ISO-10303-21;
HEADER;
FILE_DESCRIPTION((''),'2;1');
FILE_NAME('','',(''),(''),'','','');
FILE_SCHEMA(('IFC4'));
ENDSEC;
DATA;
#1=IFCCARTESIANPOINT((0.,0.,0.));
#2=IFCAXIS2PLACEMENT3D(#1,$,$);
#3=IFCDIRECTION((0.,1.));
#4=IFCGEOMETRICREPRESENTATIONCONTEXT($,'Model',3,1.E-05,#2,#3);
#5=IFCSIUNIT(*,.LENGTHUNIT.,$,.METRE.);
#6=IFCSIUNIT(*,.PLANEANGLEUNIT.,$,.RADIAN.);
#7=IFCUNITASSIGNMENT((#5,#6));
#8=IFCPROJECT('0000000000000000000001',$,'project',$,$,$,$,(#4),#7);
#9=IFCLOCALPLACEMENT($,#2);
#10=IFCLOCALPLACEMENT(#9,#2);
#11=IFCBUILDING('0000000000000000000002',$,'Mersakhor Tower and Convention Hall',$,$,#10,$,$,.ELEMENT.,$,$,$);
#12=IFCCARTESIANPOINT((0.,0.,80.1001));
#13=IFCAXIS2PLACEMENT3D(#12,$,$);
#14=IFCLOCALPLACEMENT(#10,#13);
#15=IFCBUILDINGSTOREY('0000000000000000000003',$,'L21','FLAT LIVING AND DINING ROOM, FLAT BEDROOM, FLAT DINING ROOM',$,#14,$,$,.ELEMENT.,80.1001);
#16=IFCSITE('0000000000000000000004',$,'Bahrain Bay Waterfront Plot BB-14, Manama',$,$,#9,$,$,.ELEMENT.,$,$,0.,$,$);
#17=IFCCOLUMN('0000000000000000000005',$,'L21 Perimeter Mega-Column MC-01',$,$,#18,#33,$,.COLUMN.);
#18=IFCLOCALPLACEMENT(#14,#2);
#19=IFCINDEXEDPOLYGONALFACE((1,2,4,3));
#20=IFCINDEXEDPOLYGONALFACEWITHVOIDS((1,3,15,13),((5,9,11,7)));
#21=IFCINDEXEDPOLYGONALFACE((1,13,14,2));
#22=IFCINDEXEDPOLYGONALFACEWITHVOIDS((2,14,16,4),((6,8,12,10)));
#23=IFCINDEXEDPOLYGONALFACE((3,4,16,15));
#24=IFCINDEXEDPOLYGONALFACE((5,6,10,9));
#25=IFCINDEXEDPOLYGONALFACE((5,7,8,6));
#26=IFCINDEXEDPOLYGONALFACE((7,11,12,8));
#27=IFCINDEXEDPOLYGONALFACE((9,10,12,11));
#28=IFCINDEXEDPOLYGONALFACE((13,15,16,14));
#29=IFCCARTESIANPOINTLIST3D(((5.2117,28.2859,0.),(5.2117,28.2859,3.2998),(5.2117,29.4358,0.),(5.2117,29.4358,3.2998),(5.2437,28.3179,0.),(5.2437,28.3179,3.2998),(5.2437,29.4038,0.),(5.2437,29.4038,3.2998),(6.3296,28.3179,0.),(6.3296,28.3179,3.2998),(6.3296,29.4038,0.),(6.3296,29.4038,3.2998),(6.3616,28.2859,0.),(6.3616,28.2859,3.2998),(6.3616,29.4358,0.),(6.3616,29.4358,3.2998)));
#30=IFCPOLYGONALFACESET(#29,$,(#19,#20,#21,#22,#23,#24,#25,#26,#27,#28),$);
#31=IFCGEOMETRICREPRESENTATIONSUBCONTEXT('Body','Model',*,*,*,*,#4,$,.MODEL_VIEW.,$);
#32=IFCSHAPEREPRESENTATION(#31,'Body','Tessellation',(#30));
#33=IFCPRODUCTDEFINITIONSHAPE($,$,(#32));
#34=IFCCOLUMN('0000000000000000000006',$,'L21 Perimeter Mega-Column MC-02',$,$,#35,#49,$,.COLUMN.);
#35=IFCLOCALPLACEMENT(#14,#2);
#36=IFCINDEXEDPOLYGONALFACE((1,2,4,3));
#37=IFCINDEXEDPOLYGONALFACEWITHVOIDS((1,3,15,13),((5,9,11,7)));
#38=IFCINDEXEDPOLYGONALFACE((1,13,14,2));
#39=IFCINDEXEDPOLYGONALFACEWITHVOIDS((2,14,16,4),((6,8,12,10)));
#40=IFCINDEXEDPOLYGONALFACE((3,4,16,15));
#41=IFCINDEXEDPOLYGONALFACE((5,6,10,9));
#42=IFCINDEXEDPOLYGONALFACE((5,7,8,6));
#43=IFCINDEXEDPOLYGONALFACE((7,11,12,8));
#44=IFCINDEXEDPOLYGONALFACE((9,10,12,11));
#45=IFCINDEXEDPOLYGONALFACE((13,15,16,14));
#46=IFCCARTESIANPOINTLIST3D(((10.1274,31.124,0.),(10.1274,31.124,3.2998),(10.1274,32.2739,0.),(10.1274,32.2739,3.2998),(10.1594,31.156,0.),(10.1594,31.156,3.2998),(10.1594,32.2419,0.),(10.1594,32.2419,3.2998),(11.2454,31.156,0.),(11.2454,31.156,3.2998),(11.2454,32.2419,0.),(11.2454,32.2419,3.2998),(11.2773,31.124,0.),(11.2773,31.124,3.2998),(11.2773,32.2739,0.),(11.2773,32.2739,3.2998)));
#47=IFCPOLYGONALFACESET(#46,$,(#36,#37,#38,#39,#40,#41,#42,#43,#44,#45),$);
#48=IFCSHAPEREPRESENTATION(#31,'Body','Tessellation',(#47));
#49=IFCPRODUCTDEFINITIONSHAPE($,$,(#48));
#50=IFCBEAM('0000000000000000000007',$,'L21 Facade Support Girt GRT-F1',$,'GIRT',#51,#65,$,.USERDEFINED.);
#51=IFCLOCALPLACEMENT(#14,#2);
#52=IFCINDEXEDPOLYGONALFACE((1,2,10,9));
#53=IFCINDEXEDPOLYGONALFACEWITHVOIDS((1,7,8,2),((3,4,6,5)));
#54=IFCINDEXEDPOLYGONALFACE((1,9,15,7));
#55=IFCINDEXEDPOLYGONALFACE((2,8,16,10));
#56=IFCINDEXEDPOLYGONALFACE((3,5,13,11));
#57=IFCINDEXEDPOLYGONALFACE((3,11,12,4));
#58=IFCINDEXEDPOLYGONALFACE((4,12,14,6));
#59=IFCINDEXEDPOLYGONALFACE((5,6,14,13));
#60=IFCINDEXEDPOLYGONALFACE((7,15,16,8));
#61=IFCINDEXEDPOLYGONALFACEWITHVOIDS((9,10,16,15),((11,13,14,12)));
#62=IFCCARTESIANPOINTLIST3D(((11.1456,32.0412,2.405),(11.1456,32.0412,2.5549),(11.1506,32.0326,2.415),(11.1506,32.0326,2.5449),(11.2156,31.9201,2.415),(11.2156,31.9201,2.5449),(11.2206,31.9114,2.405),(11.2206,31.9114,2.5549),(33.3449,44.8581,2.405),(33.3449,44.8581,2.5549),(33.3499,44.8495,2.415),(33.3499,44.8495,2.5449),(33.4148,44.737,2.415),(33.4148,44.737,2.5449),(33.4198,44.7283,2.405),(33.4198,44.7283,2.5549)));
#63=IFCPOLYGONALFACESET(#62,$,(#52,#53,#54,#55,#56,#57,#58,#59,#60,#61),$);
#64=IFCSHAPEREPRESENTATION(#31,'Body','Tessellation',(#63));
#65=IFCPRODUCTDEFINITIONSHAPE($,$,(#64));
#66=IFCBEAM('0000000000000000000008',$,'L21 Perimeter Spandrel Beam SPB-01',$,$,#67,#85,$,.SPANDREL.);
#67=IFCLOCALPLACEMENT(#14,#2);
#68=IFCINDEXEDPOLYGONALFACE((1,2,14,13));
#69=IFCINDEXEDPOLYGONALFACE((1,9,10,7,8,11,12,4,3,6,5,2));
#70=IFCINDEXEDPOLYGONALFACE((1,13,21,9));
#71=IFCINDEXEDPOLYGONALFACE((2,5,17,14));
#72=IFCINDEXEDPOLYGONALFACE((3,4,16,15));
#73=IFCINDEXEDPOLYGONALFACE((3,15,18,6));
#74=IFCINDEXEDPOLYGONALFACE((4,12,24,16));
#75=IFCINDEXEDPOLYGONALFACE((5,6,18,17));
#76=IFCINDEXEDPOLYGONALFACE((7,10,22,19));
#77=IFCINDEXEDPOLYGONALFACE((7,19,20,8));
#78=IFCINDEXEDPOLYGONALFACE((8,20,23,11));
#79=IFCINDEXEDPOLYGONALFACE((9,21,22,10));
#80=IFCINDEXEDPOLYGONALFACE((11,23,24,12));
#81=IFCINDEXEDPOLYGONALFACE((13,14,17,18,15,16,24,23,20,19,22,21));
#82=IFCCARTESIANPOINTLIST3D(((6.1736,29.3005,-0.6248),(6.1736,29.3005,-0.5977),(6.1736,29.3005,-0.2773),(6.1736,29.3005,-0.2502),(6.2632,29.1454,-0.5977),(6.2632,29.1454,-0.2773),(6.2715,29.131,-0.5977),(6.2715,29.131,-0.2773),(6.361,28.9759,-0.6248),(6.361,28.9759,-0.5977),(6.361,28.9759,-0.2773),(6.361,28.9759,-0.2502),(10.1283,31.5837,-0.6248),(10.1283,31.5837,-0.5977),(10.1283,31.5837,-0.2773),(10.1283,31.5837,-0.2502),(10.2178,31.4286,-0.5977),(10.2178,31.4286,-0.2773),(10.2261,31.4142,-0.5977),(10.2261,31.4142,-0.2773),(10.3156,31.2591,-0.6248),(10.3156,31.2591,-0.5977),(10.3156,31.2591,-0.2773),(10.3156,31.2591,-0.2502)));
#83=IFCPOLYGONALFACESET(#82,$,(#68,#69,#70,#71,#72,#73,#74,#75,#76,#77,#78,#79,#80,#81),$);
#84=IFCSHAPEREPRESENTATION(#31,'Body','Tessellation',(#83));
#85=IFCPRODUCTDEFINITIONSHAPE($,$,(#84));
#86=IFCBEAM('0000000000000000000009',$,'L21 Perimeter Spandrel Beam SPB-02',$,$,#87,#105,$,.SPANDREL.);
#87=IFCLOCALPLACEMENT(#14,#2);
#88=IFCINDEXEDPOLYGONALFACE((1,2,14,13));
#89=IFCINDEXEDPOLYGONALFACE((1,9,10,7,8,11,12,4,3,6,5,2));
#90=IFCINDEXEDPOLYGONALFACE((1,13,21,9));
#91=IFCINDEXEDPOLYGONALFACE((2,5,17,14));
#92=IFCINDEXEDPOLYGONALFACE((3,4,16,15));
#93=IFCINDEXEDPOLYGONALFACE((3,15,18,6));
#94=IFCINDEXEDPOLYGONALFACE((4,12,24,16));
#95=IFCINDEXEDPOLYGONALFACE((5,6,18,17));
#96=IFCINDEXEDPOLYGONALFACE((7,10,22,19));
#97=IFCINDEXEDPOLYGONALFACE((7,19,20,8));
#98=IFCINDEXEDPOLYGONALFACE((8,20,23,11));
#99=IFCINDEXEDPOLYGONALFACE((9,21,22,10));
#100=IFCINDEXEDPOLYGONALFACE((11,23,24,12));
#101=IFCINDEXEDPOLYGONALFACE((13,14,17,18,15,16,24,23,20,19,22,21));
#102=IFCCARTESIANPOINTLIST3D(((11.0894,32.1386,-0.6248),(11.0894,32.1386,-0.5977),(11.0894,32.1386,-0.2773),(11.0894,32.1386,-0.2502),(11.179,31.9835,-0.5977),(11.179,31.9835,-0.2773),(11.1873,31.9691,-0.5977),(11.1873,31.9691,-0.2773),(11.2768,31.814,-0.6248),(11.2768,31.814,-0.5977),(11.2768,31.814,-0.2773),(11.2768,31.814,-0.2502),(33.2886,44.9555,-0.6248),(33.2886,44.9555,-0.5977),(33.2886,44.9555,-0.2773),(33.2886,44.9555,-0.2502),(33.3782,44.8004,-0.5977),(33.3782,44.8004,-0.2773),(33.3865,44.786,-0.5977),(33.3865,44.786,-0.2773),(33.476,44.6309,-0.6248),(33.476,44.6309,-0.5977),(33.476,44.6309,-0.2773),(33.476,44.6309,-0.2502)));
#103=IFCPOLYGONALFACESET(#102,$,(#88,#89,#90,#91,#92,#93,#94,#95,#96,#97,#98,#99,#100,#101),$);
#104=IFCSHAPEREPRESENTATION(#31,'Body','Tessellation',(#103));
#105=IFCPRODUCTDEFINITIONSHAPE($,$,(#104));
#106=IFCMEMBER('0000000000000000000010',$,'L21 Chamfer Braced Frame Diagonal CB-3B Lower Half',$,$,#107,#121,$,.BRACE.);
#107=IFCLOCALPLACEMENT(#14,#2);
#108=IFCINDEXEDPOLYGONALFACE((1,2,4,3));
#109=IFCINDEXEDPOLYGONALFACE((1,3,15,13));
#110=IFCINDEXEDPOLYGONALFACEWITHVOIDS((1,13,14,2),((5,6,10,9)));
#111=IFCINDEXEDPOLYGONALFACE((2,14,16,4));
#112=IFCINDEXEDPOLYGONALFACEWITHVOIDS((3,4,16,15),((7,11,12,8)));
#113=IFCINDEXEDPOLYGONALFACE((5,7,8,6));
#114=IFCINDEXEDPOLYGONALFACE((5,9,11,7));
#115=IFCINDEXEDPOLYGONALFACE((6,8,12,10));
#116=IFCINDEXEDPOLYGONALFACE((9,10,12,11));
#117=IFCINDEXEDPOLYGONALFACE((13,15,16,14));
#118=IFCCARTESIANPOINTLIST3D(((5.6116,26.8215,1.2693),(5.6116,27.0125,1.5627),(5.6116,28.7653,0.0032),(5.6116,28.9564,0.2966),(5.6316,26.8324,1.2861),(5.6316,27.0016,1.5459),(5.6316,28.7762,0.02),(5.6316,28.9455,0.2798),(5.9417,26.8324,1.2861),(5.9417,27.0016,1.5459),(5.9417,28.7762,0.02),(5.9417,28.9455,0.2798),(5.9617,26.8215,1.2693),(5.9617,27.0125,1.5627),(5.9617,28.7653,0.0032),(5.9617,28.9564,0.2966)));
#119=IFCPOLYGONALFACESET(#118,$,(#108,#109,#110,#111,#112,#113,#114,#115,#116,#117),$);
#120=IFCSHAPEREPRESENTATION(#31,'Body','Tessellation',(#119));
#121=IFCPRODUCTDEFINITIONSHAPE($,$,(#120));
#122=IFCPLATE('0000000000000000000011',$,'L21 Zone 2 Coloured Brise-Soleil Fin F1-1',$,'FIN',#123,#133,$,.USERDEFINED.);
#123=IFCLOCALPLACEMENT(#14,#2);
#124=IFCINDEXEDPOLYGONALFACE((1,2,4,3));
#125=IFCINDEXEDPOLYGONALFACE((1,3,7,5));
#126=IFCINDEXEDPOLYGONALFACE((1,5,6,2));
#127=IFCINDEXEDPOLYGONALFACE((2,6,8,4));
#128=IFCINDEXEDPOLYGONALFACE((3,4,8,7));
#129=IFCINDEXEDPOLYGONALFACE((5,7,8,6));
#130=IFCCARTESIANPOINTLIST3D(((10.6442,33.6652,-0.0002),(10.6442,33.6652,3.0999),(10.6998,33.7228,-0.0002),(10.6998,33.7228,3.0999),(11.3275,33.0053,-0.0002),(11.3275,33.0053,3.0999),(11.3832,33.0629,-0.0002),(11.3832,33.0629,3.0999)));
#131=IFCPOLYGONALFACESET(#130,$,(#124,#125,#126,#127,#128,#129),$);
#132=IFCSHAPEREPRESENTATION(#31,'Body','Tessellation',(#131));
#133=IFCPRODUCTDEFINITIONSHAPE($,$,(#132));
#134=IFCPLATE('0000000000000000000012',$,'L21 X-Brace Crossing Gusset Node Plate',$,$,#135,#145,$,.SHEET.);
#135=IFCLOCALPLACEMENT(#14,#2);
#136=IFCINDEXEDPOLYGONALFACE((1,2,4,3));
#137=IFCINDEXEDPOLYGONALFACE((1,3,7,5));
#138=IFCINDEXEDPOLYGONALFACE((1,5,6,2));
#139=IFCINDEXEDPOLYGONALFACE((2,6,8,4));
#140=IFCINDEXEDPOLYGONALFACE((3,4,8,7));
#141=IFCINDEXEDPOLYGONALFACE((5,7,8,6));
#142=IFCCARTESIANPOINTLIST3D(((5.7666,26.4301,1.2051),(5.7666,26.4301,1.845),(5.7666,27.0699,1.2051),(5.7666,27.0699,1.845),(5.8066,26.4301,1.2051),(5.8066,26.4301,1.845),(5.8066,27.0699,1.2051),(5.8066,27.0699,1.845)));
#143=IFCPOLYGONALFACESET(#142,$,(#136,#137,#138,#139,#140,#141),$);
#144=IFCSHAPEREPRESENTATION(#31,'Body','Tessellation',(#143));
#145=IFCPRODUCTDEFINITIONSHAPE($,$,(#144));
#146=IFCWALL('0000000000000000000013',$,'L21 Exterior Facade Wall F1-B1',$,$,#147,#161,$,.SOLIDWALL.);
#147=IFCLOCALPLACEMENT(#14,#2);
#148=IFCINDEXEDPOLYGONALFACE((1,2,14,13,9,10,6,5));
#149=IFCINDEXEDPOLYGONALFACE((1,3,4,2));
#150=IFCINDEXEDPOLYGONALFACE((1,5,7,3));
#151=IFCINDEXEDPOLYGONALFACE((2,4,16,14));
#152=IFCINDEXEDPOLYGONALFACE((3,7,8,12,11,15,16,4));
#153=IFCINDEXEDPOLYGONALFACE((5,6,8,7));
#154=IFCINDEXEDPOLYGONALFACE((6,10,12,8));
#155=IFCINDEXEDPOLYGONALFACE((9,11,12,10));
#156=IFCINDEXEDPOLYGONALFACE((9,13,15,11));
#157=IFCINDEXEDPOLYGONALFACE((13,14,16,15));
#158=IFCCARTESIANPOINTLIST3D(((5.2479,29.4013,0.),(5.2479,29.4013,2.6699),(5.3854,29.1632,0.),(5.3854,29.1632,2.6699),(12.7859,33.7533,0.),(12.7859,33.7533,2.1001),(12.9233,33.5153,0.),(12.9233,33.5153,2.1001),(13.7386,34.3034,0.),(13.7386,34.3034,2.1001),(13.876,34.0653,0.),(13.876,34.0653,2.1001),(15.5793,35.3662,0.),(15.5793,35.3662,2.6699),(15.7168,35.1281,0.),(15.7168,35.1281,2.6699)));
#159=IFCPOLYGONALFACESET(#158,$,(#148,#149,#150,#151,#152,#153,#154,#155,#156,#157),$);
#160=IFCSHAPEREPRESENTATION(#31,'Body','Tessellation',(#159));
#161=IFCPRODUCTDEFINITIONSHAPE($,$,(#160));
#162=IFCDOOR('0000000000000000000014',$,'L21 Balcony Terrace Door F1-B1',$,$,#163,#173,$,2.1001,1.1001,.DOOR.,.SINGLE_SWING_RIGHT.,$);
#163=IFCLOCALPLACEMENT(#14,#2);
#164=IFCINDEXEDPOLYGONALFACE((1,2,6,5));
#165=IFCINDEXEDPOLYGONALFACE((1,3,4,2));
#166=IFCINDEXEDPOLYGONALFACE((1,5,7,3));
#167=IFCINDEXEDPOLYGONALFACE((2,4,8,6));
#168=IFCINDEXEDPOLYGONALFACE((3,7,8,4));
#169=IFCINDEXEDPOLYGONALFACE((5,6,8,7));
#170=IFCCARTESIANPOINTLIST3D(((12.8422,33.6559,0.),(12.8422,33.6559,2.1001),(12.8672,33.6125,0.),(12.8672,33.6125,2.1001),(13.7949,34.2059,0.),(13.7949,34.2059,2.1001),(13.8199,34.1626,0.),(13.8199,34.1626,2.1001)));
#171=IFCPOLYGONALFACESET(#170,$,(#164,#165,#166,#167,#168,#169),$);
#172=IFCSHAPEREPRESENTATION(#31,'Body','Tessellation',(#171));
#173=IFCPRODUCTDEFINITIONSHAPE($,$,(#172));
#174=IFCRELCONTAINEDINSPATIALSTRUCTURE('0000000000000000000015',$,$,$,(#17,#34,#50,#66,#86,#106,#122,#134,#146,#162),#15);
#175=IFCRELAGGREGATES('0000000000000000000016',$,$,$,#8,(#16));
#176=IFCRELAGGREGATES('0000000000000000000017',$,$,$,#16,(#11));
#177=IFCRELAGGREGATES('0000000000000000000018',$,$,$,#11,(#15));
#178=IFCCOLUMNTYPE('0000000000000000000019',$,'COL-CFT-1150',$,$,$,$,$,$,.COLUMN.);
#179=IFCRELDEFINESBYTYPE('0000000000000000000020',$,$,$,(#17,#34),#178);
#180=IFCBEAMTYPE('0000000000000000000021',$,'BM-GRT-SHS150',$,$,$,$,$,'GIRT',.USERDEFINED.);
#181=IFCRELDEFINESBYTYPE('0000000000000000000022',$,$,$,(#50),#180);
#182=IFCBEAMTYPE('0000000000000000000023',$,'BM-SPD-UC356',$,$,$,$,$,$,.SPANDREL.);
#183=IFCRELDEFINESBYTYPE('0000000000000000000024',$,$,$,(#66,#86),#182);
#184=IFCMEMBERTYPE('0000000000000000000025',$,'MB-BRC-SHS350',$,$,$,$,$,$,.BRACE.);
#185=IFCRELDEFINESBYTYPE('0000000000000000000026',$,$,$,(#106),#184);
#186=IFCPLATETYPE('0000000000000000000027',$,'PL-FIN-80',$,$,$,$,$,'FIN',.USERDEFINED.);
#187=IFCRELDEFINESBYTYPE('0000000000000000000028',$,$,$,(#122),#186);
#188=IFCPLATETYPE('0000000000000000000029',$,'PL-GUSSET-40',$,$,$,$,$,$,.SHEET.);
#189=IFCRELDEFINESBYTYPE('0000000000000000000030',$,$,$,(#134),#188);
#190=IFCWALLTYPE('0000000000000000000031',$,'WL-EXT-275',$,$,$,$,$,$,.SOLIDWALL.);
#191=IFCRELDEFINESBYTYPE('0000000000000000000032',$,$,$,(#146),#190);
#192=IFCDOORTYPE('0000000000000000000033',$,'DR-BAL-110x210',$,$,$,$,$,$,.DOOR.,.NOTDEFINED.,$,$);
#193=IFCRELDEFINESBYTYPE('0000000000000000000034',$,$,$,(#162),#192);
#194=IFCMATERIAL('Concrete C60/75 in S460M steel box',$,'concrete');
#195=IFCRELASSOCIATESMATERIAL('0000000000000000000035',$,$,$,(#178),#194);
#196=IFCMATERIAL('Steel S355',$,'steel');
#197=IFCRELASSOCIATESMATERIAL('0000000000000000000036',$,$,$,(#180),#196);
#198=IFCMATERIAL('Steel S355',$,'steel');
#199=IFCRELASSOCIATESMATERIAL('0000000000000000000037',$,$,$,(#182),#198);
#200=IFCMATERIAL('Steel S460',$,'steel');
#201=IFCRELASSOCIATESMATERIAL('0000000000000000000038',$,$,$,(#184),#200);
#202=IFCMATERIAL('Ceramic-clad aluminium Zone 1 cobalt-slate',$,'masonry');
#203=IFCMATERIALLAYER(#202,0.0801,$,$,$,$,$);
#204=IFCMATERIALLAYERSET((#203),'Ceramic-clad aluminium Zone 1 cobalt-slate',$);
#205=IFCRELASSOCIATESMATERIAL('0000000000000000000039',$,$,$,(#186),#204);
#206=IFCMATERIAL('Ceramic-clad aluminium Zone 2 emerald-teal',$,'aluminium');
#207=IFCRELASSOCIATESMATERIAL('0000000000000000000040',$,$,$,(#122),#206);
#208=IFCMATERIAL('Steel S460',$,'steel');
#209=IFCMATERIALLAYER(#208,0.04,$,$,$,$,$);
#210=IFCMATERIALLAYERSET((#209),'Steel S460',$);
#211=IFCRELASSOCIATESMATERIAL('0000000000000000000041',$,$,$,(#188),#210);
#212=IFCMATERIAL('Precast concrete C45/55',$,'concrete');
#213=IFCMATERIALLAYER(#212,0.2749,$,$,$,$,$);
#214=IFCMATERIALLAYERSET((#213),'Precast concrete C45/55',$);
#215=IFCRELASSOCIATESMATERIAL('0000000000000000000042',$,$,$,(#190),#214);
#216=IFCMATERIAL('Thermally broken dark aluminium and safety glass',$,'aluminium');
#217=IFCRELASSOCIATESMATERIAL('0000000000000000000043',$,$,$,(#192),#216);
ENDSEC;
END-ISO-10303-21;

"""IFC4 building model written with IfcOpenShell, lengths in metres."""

from ifc_helpers import new_model, si_unit, direction, frame, frame_2d, origin, origin_2d, place, context, subcontext, project, spatial, rectangle, hollow_rectangle, i_section, extrude, material, layer, layer_set, material_profile, profile_set, type_object, element, fill, save


model = new_model("IFC4")

# Units and contexts
model_context = context("Model", 3, precision=1e-05, world=origin(), true_north=direction((0.0, 1.0)))
body_context = subcontext(model_context, "Body", "Model", "MODEL_VIEW")
ifc_project = project(units=[si_unit("LENGTHUNIT", "METRE"), si_unit("PLANEANGLEUNIT", "RADIAN")], contexts=[model_context])

# Site, building, storey
site_placement = place(None, origin())
site = spatial("IfcSite", under=ifc_project, at=site_placement, Name="Bahrain Bay Waterfront Plot BB-14, Manama", CompositionType="ELEMENT", RefElevation=0.0)
building_placement = place(site_placement, origin())
building = spatial("IfcBuilding", under=site, at=building_placement, Name="Mersakhor Tower and Convention Hall", CompositionType="ELEMENT")
storey_placement = place(building_placement, frame((0.0, 0.0, 80.1001)))
storey = spatial("IfcBuildingStorey", under=building, at=storey_placement, Name="L21", Description="FLAT LIVING AND DINING ROOM, FLAT BEDROOM, FLAT DINING ROOM", CompositionType="ELEMENT", Elevation=80.1001)

# Columns
ifc_material_1 = material(Name="Concrete C60/75 in S460M steel box", Category="concrete")
ifc_material_profile_1 = material_profile(ifc_material_1, hollow_rectangle(XDim=1.1499, YDim=1.1499, WallThickness=0.032, at=origin_2d()), Name="SHS 1150x1150x32")
ifc_profile_set_1 = profile_set([ifc_material_profile_1], Name="Concrete C60/75 in S460M steel box")
column_type = type_object("IfcColumnType", Name="COL-CFT-1150", PredefinedType="COLUMN", material=ifc_profile_set_1)
for number, where, z_axis, x_axis, name in (
    (1, (5.7866, 28.8608, 0.0), (0.0, 0.0, 1.0), (1.0, 0.0, 0.0), "L21 Perimeter Mega-Column MC-01"),
    (2, (10.7024, 31.699, 0.0), (0.0, 0.0, 1.0), (1.0, 0.0, 0.0), "L21 Perimeter Mega-Column MC-02"),
):
    element("IfcColumn", number, at=place(storey_placement, frame(where, z_axis=z_axis, x_axis=x_axis)), inside=storey, type_object=column_type, Name=name, PredefinedType="COLUMN", context=body_context, shape_type="SweptSolid", body=[
        extrude(hollow_rectangle(XDim=1.1499, YDim=1.1499, WallThickness=0.032, at=origin_2d()), origin(), (0.0, 0.0, 1.0), 3.2998),
    ])

# Beams
ifc_material_2 = material(Name="Steel S355", Category="steel")
ifc_material_profile_2 = material_profile(ifc_material_2, hollow_rectangle(XDim=0.1499, YDim=0.1499, WallThickness=0.01, at=origin_2d()), Name="SHS 150x150x10")
ifc_profile_set_2 = profile_set([ifc_material_profile_2], Name="Steel S355")
beam_type_1 = type_object("IfcBeamType", Name="BM-GRT-SHS150", ElementType="GIRT", PredefinedType="USERDEFINED", material=ifc_profile_set_2)
beam_1_placement = place(storey_placement, frame((11.1831, 31.9763, 2.48), z_axis=(0.866023, 0.500005, 0.0), x_axis=(-0.500005, 0.866023, 0.0)))
element("IfcBeam", 3, at=beam_1_placement, inside=storey, type_object=beam_type_1, Name="L21 Facade Support Girt GRT-F1", ObjectType="GIRT", PredefinedType="USERDEFINED", context=body_context, shape_type="SweptSolid", body=[
    extrude(hollow_rectangle(XDim=0.1499, YDim=0.1499, WallThickness=0.01, at=origin_2d()), origin(), (0.0, 0.0, 1.0), 25.6335),
])
ifc_material_3 = material(Name="Steel S355", Category="steel")
ifc_material_profile_3 = material_profile(ifc_material_3, i_section(OverallWidth=0.3748, OverallDepth=0.3745, WebThickness=0.0166, FlangeThickness=0.0271, at=origin_2d()), Name="UC 356x368x202")
ifc_profile_set_3 = profile_set([ifc_material_profile_3], Name="Steel S355")
beam_type_2 = type_object("IfcBeamType", Name="BM-SPD-UC356", PredefinedType="SPANDREL", material=ifc_profile_set_3)
beam_2_placement = place(storey_placement, frame((6.2673, 29.1382, -0.4375), z_axis=(0.866024, 0.500003, 0.0), x_axis=(-0.500003, 0.866024, 0.0)))
element("IfcBeam", 4, at=beam_2_placement, inside=storey, type_object=beam_type_2, Name="L21 Perimeter Spandrel Beam SPB-01", PredefinedType="SPANDREL", context=body_context, shape_type="SweptSolid", body=[
    extrude(i_section(OverallWidth=0.3748, OverallDepth=0.3745, WebThickness=0.0166, FlangeThickness=0.0271, at=origin_2d()), origin(), (0.0, 0.0, 1.0), 4.5664),
])
beam_3_placement = place(storey_placement, frame((11.1831, 31.9763, -0.4375), z_axis=(0.866023, 0.500005, 0.0), x_axis=(-0.500005, 0.866023, 0.0)))
element("IfcBeam", 5, at=beam_3_placement, inside=storey, type_object=beam_type_2, Name="L21 Perimeter Spandrel Beam SPB-02", PredefinedType="SPANDREL", context=body_context, shape_type="SweptSolid", body=[
    extrude(i_section(OverallWidth=0.3748, OverallDepth=0.3745, WebThickness=0.0166, FlangeThickness=0.0271, at=origin_2d()), origin(), (0.0, 0.0, 1.0), 25.6335),
])

# Member
ifc_material_4 = material(Name="Steel S460", Category="steel")
ifc_material_profile_4 = material_profile(ifc_material_4, hollow_rectangle(XDim=0.3501, YDim=0.3501, WallThickness=0.02, at=origin_2d()), Name="SHS 350x350x20")
ifc_profile_set_4 = profile_set([ifc_material_profile_4], Name="Steel S460")
member_type = type_object("IfcMemberType", Name="MB-BRC-SHS350", PredefinedType="BRACE", material=ifc_profile_set_4)
member_placement = place(storey_placement, frame((5.7866, 28.8608, 0.1499), z_axis=(0.0, -0.837929, 0.54578), x_axis=(1.0, 0.0, 0.0)))
element("IfcMember", 6, at=member_placement, inside=storey, type_object=member_type, Name="L21 Chamfer Braced Frame Diagonal CB-3B Lower Half", PredefinedType="BRACE", context=body_context, shape_type="SweptSolid", body=[
    extrude(hollow_rectangle(XDim=0.3501, YDim=0.3501, WallThickness=0.02, at=origin_2d()), origin(), (0.0, 0.0, 1.0), 2.3198),
])

# Plates
ifc_material_5 = material(Name="Ceramic-clad aluminium Zone 2 emerald-teal", Category="aluminium")
ifc_material_6 = material(Name="Ceramic-clad aluminium Zone 1 cobalt-slate", Category="masonry")
ifc_layer_1 = layer(ifc_material_6, 0.0801)
ifc_layer_set_1 = layer_set([ifc_layer_1], Name="Ceramic-clad aluminium Zone 1 cobalt-slate")
plate_type_1 = type_object("IfcPlateType", Name="PL-FIN-80", ElementType="FIN", PredefinedType="USERDEFINED", material=ifc_layer_set_1)
plate_1_placement = place(storey_placement, frame((11.0137, 33.364, -0.0002), z_axis=(0.0, 0.0, 1.0), x_axis=(-0.71934, 0.694658, 0.0)))
element("IfcPlate", 7, at=plate_1_placement, inside=storey, type_object=plate_type_1, material=ifc_material_5, Name="L21 Zone 2 Coloured Brise-Soleil Fin F1-1", ObjectType="FIN", PredefinedType="USERDEFINED", context=body_context, shape_type="SweptSolid", body=[
    extrude(rectangle(XDim=0.95, YDim=0.0801, at=origin_2d()), origin(), (0.0, 0.0, 1.0), 3.1001),
])
ifc_material_7 = material(Name="Steel S460", Category="steel")
ifc_layer_2 = layer(ifc_material_7, 0.04)
ifc_layer_set_2 = layer_set([ifc_layer_2], Name="Steel S460")
plate_type_2 = type_object("IfcPlateType", Name="PL-GUSSET-40", PredefinedType="SHEET", material=ifc_layer_set_2)
plate_2_placement = place(storey_placement, frame((5.7866, 26.75, 1.2051), z_axis=(0.0, 0.0, 1.0), x_axis=(0.0, -1.0, 0.0)))
element("IfcPlate", 8, at=plate_2_placement, inside=storey, type_object=plate_type_2, Name="L21 X-Brace Crossing Gusset Node Plate", PredefinedType="SHEET", context=body_context, shape_type="SweptSolid", body=[
    extrude(rectangle(XDim=0.6399, YDim=0.04, at=origin_2d()), origin(), (0.0, 0.0, 1.0), 0.6399),
])

# Wall, opening, door
ifc_material_8 = material(Name="Precast concrete C45/55", Category="concrete")
ifc_layer_3 = layer(ifc_material_8, 0.2749)
ifc_layer_set_3 = layer_set([ifc_layer_3], Name="Precast concrete C45/55")
wall_type_1 = type_object("IfcWallType", Name="WL-EXT-275", PredefinedType="SOLIDWALL", material=ifc_layer_set_3)
wall_1_placement = place(storey_placement, frame((5.3167, 29.2822, 0.0), z_axis=(0.0, 0.0, 1.0), x_axis=(0.866023, 0.500004, 0.0)))
wall_1 = element("IfcWall", 9, at=wall_1_placement, inside=storey, type_object=wall_type_1, Name="L21 Exterior Facade Wall F1-B1", PredefinedType="SOLIDWALL", context=body_context, shape_type="SweptSolid", body=[
    extrude(rectangle(XDim=11.9297, YDim=0.2749, at=frame_2d((5.9648, 0.0))), origin(), (0.0, 0.0, 1.0), 2.6699),
])
opening_1_placement = place(wall_1_placement, frame((8.7041, 0.0, 0.0)))
opening_1 = element("IfcOpeningElement", 10, at=opening_1_placement, cuts=wall_1, PredefinedType="OPENING", context=body_context, shape_type="SweptSolid", body=[
    extrude(rectangle(XDim=1.1001, YDim=2.1001, at=frame_2d((0.55, 1.05))), frame((0.0, 0.1475, 0.0), z_axis=(0.0, -1.0, 0.0), x_axis=(1.0, 0.0, 0.0)), (0.0, 0.0, 1.0), 0.2949),
])
ifc_material_9 = material(Name="Thermally broken dark aluminium and safety glass", Category="aluminium")
door_type_1 = type_object("IfcDoorType", Name="DR-BAL-110x210", OperationType="NOTDEFINED", PredefinedType="DOOR", material=ifc_material_9)
door_1_placement = place(opening_1_placement, origin())
door_1 = element("IfcDoor", 11, at=door_1_placement, inside=storey, type_object=door_type_1, Name="L21 Balcony Terrace Door F1-B1", OperationType="SINGLE_SWING_RIGHT", OverallHeight=2.1001, OverallWidth=1.1001, PredefinedType="DOOR", context=body_context, shape_type="SweptSolid", body=[
    extrude(rectangle(XDim=1.1001, YDim=2.1001, at=frame_2d((0.55, 1.05))), frame((0.0, 0.0249, 0.0), z_axis=(0.0, -1.0, 0.0), x_axis=(1.0, 0.0, 0.0)), (0.0, 0.0, 1.0), 0.05),
])
fill(opening_1, door_1)

save(model, "model.ifc")
